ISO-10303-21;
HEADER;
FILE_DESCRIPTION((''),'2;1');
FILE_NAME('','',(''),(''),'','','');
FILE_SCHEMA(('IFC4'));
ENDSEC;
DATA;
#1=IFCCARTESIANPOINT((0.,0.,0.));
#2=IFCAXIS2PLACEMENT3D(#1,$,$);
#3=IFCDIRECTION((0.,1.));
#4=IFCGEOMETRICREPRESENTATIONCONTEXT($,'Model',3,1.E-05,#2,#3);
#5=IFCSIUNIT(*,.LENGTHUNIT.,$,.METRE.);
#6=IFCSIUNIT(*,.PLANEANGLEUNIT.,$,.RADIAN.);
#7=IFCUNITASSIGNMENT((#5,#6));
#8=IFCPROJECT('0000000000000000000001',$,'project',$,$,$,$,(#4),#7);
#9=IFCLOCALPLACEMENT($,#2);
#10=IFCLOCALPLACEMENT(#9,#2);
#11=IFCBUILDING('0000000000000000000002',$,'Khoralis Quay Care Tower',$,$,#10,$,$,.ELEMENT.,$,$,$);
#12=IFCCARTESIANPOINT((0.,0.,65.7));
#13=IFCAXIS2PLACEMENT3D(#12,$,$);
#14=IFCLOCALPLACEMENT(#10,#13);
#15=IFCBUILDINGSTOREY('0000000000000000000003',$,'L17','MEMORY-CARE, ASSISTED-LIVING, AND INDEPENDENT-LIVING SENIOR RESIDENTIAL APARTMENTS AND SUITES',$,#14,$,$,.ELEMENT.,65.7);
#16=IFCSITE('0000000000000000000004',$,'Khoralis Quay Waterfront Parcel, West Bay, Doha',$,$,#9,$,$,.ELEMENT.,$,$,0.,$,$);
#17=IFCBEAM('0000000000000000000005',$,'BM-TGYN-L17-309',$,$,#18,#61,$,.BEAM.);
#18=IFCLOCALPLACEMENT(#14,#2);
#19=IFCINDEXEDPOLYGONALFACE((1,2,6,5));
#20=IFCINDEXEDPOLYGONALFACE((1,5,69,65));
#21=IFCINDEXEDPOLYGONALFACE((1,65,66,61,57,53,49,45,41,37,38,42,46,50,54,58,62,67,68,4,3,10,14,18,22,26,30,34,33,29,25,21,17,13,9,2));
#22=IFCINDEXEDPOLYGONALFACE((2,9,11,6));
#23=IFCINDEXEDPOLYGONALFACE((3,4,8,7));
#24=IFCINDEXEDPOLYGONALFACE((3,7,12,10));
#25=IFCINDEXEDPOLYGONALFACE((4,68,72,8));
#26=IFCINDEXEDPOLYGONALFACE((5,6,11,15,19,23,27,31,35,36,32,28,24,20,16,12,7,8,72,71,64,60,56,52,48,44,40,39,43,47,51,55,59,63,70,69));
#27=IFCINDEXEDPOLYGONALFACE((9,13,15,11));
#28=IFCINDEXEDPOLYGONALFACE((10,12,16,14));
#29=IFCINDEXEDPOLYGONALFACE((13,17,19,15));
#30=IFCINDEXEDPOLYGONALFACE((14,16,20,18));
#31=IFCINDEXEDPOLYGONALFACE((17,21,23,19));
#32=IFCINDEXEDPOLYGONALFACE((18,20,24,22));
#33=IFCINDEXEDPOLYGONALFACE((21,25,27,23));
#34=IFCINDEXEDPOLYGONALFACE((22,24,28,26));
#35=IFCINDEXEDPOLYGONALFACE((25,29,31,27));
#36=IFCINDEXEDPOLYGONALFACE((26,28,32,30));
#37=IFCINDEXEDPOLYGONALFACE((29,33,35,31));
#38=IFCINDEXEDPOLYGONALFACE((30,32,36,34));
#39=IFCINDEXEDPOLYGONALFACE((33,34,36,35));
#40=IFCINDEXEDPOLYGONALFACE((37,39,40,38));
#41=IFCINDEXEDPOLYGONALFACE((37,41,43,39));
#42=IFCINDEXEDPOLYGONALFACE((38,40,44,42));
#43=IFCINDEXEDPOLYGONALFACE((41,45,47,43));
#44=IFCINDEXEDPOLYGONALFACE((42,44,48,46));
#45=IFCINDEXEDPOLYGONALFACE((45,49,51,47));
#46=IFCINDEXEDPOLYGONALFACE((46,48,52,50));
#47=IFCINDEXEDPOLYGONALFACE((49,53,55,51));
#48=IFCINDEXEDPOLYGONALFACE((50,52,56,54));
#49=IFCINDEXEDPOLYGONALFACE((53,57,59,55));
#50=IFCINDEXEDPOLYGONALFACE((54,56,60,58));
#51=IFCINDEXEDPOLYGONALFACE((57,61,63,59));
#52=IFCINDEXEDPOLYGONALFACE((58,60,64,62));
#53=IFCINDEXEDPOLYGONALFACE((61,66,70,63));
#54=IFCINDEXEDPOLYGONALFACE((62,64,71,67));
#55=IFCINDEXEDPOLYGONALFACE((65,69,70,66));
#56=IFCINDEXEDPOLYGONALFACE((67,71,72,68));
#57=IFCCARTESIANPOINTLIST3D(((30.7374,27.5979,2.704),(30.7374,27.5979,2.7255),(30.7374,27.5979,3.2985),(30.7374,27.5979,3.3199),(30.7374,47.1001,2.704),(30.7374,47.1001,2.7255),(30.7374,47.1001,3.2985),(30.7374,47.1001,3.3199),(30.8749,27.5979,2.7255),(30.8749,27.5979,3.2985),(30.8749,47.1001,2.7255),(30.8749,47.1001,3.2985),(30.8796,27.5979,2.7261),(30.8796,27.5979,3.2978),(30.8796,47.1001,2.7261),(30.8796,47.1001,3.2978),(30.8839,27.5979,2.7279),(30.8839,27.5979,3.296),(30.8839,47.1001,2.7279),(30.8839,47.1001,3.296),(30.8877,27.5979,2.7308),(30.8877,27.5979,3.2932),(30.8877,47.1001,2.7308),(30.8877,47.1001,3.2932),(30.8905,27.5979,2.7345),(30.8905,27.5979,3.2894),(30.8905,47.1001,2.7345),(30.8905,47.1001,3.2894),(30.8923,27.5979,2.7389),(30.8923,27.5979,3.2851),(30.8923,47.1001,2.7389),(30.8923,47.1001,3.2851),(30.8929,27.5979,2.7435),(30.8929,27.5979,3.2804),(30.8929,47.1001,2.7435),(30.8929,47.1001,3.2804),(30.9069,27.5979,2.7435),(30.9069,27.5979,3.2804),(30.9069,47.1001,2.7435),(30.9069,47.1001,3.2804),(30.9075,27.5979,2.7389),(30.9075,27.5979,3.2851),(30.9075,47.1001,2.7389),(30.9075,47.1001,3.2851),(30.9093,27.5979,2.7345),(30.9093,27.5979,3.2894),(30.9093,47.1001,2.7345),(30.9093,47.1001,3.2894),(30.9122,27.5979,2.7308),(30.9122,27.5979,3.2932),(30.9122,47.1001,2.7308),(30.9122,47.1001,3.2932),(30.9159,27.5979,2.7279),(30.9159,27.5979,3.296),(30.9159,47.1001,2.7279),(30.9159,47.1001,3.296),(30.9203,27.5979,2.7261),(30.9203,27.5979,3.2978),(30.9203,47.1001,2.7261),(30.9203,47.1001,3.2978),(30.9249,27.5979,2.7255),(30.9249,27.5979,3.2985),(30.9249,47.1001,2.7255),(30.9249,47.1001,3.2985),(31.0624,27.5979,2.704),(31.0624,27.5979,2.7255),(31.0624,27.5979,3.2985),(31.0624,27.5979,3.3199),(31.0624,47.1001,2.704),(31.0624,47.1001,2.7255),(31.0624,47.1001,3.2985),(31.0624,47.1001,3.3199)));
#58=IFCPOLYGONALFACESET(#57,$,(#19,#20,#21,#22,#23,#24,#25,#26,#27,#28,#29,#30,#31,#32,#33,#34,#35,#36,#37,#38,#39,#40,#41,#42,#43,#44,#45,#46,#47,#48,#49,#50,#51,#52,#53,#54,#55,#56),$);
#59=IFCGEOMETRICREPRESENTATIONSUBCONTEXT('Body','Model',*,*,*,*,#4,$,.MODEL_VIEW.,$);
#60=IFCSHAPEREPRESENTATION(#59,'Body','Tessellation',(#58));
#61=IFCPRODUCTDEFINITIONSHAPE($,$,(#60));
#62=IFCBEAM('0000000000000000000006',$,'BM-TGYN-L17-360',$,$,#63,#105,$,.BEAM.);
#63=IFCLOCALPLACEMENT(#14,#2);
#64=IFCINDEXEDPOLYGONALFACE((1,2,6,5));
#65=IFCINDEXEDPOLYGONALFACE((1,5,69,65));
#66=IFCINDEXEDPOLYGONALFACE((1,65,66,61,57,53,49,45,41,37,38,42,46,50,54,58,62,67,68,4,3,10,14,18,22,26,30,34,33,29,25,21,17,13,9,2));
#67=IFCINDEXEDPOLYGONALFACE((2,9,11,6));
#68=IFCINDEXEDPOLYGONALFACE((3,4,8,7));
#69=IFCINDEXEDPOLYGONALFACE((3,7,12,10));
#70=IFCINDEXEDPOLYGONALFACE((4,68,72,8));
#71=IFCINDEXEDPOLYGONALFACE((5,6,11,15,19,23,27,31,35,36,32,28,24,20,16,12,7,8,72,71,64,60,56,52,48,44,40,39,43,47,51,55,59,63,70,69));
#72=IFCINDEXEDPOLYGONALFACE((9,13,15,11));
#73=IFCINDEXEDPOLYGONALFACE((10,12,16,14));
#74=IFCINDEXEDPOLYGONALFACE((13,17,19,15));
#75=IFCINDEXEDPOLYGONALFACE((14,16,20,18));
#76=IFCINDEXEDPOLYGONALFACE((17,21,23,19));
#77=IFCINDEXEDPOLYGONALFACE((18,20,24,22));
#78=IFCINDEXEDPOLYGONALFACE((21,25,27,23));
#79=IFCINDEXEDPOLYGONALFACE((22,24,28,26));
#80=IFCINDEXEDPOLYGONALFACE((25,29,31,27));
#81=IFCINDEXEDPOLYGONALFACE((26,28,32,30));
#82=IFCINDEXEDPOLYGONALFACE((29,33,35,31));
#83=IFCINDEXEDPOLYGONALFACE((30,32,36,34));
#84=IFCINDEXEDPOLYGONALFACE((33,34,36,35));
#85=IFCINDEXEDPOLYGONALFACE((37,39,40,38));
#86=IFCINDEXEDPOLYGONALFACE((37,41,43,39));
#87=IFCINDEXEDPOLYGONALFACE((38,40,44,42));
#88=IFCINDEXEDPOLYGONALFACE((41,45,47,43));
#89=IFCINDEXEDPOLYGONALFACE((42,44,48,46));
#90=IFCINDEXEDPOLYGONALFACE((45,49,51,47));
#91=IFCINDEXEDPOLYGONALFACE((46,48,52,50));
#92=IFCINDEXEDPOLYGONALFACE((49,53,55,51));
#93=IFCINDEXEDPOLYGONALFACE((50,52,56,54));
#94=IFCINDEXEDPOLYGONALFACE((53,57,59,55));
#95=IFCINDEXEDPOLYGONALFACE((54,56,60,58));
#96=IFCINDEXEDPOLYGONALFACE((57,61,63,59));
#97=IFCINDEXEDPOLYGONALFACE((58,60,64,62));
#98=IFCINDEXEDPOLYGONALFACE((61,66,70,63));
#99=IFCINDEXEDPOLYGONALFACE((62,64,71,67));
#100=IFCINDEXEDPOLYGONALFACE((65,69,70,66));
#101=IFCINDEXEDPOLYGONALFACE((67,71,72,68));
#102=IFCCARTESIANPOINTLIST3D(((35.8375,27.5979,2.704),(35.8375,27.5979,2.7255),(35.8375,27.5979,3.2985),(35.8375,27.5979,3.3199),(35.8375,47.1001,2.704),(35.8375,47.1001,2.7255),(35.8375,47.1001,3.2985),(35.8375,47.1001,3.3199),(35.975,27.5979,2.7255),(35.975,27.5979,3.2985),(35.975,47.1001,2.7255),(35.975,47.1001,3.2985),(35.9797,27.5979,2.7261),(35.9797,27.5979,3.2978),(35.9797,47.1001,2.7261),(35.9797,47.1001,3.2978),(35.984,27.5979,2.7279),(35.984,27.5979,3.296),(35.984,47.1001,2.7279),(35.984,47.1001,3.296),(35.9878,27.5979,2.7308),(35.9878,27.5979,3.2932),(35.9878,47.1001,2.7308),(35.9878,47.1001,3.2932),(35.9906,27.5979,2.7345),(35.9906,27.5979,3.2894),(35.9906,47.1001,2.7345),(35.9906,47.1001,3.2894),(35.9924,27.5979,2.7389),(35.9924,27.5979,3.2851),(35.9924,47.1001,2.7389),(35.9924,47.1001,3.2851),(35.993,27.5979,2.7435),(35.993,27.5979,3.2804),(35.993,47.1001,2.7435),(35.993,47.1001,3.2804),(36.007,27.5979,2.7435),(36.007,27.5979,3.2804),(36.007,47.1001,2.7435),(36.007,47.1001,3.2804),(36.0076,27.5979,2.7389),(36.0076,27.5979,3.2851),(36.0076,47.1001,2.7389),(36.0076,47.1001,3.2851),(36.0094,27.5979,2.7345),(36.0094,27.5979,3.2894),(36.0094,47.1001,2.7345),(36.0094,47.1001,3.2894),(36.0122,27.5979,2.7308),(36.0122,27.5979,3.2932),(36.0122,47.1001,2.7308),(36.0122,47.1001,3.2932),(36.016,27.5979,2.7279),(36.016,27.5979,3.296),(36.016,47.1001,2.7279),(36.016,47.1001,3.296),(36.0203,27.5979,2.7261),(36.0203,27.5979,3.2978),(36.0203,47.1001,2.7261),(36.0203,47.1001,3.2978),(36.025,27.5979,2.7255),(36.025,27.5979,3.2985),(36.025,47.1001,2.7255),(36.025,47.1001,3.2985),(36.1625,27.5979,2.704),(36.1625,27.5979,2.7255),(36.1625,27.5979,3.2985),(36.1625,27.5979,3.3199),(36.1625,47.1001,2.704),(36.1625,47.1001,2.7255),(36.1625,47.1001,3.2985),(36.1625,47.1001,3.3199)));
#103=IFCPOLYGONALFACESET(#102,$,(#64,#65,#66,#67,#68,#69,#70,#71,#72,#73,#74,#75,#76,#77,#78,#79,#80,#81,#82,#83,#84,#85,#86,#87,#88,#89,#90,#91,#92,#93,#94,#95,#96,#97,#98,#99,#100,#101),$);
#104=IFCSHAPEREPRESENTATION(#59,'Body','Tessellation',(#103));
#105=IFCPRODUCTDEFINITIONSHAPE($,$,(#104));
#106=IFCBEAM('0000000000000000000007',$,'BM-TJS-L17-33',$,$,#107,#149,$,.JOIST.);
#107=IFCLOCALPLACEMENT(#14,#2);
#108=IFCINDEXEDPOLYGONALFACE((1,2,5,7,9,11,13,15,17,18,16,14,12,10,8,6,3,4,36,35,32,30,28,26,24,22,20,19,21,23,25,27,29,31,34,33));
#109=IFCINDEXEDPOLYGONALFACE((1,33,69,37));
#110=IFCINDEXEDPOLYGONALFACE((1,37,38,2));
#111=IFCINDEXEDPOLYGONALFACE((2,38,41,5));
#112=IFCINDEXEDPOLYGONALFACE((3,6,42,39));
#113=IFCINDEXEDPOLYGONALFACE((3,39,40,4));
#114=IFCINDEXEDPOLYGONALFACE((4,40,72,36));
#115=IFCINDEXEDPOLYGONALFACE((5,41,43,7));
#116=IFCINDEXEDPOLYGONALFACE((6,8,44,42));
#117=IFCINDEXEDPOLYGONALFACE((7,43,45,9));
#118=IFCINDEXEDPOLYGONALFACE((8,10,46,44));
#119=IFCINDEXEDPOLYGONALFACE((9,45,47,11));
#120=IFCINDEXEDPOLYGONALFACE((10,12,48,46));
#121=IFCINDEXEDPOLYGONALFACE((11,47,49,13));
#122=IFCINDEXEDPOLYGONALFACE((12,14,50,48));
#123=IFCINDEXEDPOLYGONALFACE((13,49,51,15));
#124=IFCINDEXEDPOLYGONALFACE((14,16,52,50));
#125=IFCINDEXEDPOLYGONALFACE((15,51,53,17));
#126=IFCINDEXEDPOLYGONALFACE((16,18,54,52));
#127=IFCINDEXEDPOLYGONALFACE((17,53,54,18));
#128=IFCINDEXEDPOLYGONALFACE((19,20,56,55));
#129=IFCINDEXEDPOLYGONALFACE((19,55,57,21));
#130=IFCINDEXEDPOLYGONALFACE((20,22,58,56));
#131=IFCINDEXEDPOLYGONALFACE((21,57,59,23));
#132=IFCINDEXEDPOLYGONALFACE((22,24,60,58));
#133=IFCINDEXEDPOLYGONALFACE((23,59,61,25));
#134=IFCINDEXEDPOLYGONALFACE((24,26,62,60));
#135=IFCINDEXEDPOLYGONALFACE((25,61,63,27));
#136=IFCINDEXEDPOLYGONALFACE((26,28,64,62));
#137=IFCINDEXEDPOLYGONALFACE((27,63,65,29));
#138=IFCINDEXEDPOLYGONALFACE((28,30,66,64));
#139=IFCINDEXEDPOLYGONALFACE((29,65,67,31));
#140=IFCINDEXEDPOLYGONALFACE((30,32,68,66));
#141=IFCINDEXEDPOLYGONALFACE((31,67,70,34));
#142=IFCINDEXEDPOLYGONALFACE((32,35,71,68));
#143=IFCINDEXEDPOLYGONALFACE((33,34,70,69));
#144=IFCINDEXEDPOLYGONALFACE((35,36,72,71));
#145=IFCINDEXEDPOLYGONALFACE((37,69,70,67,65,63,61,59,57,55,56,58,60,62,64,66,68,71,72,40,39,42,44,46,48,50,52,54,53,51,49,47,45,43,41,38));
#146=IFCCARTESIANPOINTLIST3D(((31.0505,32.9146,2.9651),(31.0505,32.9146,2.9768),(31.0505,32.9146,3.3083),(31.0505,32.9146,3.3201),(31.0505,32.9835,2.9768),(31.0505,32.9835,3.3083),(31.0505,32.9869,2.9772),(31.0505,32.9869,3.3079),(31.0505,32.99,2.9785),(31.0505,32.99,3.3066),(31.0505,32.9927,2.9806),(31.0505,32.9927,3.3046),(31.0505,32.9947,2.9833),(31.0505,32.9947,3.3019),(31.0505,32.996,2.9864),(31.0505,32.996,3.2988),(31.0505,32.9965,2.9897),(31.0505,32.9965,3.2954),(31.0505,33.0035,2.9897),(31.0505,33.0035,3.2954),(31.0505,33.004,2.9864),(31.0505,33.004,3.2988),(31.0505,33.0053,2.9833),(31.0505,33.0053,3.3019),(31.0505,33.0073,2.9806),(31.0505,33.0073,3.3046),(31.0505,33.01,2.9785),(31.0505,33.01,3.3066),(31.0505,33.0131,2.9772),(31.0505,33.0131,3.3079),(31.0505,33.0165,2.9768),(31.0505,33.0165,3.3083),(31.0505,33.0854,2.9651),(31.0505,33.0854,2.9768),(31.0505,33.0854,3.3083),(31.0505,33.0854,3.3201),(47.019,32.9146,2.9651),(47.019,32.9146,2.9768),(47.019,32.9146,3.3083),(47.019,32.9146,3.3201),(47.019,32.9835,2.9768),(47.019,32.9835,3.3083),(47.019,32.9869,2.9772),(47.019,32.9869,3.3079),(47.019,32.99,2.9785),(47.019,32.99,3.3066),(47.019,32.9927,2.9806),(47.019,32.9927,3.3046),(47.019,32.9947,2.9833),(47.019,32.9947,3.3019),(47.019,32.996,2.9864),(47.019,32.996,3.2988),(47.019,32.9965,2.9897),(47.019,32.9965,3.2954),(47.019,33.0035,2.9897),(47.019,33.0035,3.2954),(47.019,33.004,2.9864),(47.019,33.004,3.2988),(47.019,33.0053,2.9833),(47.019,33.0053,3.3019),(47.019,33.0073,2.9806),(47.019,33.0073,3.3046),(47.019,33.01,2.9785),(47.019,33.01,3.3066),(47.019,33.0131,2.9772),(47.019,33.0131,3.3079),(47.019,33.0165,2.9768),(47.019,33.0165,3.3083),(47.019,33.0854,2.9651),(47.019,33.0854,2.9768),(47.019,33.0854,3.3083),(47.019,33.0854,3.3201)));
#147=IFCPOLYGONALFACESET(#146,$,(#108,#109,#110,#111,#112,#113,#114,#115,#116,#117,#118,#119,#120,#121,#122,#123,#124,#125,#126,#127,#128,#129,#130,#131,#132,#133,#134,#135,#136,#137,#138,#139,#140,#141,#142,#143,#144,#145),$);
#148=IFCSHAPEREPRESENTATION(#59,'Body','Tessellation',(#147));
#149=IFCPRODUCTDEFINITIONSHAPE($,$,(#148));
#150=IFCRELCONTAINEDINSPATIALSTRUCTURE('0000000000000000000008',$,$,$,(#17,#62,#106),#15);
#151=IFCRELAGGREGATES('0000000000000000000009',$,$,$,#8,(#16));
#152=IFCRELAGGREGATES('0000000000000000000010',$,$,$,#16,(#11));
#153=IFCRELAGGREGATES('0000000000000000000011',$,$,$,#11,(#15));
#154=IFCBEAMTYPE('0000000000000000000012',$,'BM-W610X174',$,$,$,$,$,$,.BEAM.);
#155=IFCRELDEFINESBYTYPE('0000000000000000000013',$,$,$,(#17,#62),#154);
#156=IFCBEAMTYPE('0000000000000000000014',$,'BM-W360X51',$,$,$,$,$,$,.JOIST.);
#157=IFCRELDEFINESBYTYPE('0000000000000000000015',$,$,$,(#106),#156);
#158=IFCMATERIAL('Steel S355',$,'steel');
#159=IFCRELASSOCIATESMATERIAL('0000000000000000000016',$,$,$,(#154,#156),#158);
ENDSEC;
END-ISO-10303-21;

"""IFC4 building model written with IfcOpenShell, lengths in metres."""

from ifc_helpers import new_model, si_unit, direction, frame, origin, origin_2d, place, context, subcontext, project, spatial, i_section, extrude, source, transform, mapped, material, material_profile, profile_set, type_object, element, save


model = new_model("IFC4")

# Units and contexts
model_context = context("Model", 3, precision=1e-05, world=origin(), true_north=direction((0.0, 1.0)))
body_context = subcontext(model_context, "Body", "Model", "MODEL_VIEW")
ifc_project = project(units=[si_unit("LENGTHUNIT", "METRE"), si_unit("PLANEANGLEUNIT", "RADIAN")], contexts=[model_context])

# Site, building, storey
site_placement = place(None, origin())
site = spatial("IfcSite", under=ifc_project, at=site_placement, Name="Khoralis Quay Waterfront Parcel, West Bay, Doha", CompositionType="ELEMENT", RefElevation=0.0)
building_placement = place(site_placement, origin())
building = spatial("IfcBuilding", under=site, at=building_placement, Name="Khoralis Quay Care Tower", CompositionType="ELEMENT")
storey_placement = place(building_placement, frame((0.0, 0.0, 65.7)))
storey = spatial("IfcBuildingStorey", under=building, at=storey_placement, Name="L17", Description="MEMORY-CARE, ASSISTED-LIVING, AND INDEPENDENT-LIVING SENIOR RESIDENTIAL APARTMENTS AND SUITES", CompositionType="ELEMENT", Elevation=65.7)

# Beams
ifc_material_1 = material(Name="Steel S355", Category="steel")
ifc_material_profile_1 = material_profile(ifc_material_1, i_section(OverallWidth=0.325, OverallDepth=0.616, WebThickness=0.0139, FlangeThickness=0.0215, FilletRadius=0.0181, at=origin_2d()), Name="Steel S355")
ifc_profile_set_1 = profile_set([ifc_material_profile_1], Name="Steel S355")
beam_type_1 = type_object("IfcBeamType", Name="BM-W610X174", PredefinedType="BEAM", material=ifc_profile_set_1)
shared_shape_1 = source(origin(), body_context, "Body", "SweptSolid", [
    extrude(i_section(OverallWidth=0.325, OverallDepth=0.616, WebThickness=0.0139, FlangeThickness=0.0215, FilletRadius=0.0181, at=origin_2d()), origin(), (0.0, 0.0, 1.0), 19.5022),
])
for number, where, z_axis, x_axis, name in (
    (1, (30.8999, 27.5979, 3.012), (0.0, 1.0, 0.0), (-1.0, 0.0, 0.0), "BM-TGYN-L17-309"),
    (2, (36.0, 27.5979, 3.012), (0.0, 1.0, 0.0), (-1.0, 0.0, 0.0), "BM-TGYN-L17-360"),
):
    element("IfcBeam", number, at=place(storey_placement, frame(where, z_axis=z_axis, x_axis=x_axis)), inside=storey, type_object=beam_type_1, Name=name, PredefinedType="BEAM", context=body_context, shape_type="MappedRepresentation", body=[
        mapped(shared_shape_1, transform((0.0, 0.0, 0.0), scale=1.0)),
    ])
ifc_material_profile_2 = material_profile(ifc_material_1, i_section(OverallWidth=0.1709, OverallDepth=0.355, WebThickness=0.0071, FlangeThickness=0.0117, FilletRadius=0.0129, at=origin_2d()), Name="Steel S355")
ifc_profile_set_2 = profile_set([ifc_material_profile_2], Name="Steel S355")
beam_type_2 = type_object("IfcBeamType", Name="BM-W360X51", PredefinedType="JOIST", material=ifc_profile_set_2)
shared_shape_2 = source(origin(), body_context, "Body", "SweptSolid", [
    extrude(i_section(OverallWidth=0.1709, OverallDepth=0.355, WebThickness=0.0071, FlangeThickness=0.0117, FilletRadius=0.0129, at=origin_2d()), origin(), (0.0, 0.0, 1.0), 15.9685),
])
beam_1_placement = place(storey_placement, frame((31.0505, 33.0, 3.1426), z_axis=(1.0, 0.0, 0.0), x_axis=(0.0, 1.0, 0.0)))
element("IfcBeam", 3, at=beam_1_placement, inside=storey, type_object=beam_type_2, Name="BM-TJS-L17-33", PredefinedType="JOIST", context=body_context, shape_type="MappedRepresentation", body=[
    mapped(shared_shape_2, transform((0.0, 0.0, 0.0), scale=1.0)),
])

save(model, "model.ifc")
